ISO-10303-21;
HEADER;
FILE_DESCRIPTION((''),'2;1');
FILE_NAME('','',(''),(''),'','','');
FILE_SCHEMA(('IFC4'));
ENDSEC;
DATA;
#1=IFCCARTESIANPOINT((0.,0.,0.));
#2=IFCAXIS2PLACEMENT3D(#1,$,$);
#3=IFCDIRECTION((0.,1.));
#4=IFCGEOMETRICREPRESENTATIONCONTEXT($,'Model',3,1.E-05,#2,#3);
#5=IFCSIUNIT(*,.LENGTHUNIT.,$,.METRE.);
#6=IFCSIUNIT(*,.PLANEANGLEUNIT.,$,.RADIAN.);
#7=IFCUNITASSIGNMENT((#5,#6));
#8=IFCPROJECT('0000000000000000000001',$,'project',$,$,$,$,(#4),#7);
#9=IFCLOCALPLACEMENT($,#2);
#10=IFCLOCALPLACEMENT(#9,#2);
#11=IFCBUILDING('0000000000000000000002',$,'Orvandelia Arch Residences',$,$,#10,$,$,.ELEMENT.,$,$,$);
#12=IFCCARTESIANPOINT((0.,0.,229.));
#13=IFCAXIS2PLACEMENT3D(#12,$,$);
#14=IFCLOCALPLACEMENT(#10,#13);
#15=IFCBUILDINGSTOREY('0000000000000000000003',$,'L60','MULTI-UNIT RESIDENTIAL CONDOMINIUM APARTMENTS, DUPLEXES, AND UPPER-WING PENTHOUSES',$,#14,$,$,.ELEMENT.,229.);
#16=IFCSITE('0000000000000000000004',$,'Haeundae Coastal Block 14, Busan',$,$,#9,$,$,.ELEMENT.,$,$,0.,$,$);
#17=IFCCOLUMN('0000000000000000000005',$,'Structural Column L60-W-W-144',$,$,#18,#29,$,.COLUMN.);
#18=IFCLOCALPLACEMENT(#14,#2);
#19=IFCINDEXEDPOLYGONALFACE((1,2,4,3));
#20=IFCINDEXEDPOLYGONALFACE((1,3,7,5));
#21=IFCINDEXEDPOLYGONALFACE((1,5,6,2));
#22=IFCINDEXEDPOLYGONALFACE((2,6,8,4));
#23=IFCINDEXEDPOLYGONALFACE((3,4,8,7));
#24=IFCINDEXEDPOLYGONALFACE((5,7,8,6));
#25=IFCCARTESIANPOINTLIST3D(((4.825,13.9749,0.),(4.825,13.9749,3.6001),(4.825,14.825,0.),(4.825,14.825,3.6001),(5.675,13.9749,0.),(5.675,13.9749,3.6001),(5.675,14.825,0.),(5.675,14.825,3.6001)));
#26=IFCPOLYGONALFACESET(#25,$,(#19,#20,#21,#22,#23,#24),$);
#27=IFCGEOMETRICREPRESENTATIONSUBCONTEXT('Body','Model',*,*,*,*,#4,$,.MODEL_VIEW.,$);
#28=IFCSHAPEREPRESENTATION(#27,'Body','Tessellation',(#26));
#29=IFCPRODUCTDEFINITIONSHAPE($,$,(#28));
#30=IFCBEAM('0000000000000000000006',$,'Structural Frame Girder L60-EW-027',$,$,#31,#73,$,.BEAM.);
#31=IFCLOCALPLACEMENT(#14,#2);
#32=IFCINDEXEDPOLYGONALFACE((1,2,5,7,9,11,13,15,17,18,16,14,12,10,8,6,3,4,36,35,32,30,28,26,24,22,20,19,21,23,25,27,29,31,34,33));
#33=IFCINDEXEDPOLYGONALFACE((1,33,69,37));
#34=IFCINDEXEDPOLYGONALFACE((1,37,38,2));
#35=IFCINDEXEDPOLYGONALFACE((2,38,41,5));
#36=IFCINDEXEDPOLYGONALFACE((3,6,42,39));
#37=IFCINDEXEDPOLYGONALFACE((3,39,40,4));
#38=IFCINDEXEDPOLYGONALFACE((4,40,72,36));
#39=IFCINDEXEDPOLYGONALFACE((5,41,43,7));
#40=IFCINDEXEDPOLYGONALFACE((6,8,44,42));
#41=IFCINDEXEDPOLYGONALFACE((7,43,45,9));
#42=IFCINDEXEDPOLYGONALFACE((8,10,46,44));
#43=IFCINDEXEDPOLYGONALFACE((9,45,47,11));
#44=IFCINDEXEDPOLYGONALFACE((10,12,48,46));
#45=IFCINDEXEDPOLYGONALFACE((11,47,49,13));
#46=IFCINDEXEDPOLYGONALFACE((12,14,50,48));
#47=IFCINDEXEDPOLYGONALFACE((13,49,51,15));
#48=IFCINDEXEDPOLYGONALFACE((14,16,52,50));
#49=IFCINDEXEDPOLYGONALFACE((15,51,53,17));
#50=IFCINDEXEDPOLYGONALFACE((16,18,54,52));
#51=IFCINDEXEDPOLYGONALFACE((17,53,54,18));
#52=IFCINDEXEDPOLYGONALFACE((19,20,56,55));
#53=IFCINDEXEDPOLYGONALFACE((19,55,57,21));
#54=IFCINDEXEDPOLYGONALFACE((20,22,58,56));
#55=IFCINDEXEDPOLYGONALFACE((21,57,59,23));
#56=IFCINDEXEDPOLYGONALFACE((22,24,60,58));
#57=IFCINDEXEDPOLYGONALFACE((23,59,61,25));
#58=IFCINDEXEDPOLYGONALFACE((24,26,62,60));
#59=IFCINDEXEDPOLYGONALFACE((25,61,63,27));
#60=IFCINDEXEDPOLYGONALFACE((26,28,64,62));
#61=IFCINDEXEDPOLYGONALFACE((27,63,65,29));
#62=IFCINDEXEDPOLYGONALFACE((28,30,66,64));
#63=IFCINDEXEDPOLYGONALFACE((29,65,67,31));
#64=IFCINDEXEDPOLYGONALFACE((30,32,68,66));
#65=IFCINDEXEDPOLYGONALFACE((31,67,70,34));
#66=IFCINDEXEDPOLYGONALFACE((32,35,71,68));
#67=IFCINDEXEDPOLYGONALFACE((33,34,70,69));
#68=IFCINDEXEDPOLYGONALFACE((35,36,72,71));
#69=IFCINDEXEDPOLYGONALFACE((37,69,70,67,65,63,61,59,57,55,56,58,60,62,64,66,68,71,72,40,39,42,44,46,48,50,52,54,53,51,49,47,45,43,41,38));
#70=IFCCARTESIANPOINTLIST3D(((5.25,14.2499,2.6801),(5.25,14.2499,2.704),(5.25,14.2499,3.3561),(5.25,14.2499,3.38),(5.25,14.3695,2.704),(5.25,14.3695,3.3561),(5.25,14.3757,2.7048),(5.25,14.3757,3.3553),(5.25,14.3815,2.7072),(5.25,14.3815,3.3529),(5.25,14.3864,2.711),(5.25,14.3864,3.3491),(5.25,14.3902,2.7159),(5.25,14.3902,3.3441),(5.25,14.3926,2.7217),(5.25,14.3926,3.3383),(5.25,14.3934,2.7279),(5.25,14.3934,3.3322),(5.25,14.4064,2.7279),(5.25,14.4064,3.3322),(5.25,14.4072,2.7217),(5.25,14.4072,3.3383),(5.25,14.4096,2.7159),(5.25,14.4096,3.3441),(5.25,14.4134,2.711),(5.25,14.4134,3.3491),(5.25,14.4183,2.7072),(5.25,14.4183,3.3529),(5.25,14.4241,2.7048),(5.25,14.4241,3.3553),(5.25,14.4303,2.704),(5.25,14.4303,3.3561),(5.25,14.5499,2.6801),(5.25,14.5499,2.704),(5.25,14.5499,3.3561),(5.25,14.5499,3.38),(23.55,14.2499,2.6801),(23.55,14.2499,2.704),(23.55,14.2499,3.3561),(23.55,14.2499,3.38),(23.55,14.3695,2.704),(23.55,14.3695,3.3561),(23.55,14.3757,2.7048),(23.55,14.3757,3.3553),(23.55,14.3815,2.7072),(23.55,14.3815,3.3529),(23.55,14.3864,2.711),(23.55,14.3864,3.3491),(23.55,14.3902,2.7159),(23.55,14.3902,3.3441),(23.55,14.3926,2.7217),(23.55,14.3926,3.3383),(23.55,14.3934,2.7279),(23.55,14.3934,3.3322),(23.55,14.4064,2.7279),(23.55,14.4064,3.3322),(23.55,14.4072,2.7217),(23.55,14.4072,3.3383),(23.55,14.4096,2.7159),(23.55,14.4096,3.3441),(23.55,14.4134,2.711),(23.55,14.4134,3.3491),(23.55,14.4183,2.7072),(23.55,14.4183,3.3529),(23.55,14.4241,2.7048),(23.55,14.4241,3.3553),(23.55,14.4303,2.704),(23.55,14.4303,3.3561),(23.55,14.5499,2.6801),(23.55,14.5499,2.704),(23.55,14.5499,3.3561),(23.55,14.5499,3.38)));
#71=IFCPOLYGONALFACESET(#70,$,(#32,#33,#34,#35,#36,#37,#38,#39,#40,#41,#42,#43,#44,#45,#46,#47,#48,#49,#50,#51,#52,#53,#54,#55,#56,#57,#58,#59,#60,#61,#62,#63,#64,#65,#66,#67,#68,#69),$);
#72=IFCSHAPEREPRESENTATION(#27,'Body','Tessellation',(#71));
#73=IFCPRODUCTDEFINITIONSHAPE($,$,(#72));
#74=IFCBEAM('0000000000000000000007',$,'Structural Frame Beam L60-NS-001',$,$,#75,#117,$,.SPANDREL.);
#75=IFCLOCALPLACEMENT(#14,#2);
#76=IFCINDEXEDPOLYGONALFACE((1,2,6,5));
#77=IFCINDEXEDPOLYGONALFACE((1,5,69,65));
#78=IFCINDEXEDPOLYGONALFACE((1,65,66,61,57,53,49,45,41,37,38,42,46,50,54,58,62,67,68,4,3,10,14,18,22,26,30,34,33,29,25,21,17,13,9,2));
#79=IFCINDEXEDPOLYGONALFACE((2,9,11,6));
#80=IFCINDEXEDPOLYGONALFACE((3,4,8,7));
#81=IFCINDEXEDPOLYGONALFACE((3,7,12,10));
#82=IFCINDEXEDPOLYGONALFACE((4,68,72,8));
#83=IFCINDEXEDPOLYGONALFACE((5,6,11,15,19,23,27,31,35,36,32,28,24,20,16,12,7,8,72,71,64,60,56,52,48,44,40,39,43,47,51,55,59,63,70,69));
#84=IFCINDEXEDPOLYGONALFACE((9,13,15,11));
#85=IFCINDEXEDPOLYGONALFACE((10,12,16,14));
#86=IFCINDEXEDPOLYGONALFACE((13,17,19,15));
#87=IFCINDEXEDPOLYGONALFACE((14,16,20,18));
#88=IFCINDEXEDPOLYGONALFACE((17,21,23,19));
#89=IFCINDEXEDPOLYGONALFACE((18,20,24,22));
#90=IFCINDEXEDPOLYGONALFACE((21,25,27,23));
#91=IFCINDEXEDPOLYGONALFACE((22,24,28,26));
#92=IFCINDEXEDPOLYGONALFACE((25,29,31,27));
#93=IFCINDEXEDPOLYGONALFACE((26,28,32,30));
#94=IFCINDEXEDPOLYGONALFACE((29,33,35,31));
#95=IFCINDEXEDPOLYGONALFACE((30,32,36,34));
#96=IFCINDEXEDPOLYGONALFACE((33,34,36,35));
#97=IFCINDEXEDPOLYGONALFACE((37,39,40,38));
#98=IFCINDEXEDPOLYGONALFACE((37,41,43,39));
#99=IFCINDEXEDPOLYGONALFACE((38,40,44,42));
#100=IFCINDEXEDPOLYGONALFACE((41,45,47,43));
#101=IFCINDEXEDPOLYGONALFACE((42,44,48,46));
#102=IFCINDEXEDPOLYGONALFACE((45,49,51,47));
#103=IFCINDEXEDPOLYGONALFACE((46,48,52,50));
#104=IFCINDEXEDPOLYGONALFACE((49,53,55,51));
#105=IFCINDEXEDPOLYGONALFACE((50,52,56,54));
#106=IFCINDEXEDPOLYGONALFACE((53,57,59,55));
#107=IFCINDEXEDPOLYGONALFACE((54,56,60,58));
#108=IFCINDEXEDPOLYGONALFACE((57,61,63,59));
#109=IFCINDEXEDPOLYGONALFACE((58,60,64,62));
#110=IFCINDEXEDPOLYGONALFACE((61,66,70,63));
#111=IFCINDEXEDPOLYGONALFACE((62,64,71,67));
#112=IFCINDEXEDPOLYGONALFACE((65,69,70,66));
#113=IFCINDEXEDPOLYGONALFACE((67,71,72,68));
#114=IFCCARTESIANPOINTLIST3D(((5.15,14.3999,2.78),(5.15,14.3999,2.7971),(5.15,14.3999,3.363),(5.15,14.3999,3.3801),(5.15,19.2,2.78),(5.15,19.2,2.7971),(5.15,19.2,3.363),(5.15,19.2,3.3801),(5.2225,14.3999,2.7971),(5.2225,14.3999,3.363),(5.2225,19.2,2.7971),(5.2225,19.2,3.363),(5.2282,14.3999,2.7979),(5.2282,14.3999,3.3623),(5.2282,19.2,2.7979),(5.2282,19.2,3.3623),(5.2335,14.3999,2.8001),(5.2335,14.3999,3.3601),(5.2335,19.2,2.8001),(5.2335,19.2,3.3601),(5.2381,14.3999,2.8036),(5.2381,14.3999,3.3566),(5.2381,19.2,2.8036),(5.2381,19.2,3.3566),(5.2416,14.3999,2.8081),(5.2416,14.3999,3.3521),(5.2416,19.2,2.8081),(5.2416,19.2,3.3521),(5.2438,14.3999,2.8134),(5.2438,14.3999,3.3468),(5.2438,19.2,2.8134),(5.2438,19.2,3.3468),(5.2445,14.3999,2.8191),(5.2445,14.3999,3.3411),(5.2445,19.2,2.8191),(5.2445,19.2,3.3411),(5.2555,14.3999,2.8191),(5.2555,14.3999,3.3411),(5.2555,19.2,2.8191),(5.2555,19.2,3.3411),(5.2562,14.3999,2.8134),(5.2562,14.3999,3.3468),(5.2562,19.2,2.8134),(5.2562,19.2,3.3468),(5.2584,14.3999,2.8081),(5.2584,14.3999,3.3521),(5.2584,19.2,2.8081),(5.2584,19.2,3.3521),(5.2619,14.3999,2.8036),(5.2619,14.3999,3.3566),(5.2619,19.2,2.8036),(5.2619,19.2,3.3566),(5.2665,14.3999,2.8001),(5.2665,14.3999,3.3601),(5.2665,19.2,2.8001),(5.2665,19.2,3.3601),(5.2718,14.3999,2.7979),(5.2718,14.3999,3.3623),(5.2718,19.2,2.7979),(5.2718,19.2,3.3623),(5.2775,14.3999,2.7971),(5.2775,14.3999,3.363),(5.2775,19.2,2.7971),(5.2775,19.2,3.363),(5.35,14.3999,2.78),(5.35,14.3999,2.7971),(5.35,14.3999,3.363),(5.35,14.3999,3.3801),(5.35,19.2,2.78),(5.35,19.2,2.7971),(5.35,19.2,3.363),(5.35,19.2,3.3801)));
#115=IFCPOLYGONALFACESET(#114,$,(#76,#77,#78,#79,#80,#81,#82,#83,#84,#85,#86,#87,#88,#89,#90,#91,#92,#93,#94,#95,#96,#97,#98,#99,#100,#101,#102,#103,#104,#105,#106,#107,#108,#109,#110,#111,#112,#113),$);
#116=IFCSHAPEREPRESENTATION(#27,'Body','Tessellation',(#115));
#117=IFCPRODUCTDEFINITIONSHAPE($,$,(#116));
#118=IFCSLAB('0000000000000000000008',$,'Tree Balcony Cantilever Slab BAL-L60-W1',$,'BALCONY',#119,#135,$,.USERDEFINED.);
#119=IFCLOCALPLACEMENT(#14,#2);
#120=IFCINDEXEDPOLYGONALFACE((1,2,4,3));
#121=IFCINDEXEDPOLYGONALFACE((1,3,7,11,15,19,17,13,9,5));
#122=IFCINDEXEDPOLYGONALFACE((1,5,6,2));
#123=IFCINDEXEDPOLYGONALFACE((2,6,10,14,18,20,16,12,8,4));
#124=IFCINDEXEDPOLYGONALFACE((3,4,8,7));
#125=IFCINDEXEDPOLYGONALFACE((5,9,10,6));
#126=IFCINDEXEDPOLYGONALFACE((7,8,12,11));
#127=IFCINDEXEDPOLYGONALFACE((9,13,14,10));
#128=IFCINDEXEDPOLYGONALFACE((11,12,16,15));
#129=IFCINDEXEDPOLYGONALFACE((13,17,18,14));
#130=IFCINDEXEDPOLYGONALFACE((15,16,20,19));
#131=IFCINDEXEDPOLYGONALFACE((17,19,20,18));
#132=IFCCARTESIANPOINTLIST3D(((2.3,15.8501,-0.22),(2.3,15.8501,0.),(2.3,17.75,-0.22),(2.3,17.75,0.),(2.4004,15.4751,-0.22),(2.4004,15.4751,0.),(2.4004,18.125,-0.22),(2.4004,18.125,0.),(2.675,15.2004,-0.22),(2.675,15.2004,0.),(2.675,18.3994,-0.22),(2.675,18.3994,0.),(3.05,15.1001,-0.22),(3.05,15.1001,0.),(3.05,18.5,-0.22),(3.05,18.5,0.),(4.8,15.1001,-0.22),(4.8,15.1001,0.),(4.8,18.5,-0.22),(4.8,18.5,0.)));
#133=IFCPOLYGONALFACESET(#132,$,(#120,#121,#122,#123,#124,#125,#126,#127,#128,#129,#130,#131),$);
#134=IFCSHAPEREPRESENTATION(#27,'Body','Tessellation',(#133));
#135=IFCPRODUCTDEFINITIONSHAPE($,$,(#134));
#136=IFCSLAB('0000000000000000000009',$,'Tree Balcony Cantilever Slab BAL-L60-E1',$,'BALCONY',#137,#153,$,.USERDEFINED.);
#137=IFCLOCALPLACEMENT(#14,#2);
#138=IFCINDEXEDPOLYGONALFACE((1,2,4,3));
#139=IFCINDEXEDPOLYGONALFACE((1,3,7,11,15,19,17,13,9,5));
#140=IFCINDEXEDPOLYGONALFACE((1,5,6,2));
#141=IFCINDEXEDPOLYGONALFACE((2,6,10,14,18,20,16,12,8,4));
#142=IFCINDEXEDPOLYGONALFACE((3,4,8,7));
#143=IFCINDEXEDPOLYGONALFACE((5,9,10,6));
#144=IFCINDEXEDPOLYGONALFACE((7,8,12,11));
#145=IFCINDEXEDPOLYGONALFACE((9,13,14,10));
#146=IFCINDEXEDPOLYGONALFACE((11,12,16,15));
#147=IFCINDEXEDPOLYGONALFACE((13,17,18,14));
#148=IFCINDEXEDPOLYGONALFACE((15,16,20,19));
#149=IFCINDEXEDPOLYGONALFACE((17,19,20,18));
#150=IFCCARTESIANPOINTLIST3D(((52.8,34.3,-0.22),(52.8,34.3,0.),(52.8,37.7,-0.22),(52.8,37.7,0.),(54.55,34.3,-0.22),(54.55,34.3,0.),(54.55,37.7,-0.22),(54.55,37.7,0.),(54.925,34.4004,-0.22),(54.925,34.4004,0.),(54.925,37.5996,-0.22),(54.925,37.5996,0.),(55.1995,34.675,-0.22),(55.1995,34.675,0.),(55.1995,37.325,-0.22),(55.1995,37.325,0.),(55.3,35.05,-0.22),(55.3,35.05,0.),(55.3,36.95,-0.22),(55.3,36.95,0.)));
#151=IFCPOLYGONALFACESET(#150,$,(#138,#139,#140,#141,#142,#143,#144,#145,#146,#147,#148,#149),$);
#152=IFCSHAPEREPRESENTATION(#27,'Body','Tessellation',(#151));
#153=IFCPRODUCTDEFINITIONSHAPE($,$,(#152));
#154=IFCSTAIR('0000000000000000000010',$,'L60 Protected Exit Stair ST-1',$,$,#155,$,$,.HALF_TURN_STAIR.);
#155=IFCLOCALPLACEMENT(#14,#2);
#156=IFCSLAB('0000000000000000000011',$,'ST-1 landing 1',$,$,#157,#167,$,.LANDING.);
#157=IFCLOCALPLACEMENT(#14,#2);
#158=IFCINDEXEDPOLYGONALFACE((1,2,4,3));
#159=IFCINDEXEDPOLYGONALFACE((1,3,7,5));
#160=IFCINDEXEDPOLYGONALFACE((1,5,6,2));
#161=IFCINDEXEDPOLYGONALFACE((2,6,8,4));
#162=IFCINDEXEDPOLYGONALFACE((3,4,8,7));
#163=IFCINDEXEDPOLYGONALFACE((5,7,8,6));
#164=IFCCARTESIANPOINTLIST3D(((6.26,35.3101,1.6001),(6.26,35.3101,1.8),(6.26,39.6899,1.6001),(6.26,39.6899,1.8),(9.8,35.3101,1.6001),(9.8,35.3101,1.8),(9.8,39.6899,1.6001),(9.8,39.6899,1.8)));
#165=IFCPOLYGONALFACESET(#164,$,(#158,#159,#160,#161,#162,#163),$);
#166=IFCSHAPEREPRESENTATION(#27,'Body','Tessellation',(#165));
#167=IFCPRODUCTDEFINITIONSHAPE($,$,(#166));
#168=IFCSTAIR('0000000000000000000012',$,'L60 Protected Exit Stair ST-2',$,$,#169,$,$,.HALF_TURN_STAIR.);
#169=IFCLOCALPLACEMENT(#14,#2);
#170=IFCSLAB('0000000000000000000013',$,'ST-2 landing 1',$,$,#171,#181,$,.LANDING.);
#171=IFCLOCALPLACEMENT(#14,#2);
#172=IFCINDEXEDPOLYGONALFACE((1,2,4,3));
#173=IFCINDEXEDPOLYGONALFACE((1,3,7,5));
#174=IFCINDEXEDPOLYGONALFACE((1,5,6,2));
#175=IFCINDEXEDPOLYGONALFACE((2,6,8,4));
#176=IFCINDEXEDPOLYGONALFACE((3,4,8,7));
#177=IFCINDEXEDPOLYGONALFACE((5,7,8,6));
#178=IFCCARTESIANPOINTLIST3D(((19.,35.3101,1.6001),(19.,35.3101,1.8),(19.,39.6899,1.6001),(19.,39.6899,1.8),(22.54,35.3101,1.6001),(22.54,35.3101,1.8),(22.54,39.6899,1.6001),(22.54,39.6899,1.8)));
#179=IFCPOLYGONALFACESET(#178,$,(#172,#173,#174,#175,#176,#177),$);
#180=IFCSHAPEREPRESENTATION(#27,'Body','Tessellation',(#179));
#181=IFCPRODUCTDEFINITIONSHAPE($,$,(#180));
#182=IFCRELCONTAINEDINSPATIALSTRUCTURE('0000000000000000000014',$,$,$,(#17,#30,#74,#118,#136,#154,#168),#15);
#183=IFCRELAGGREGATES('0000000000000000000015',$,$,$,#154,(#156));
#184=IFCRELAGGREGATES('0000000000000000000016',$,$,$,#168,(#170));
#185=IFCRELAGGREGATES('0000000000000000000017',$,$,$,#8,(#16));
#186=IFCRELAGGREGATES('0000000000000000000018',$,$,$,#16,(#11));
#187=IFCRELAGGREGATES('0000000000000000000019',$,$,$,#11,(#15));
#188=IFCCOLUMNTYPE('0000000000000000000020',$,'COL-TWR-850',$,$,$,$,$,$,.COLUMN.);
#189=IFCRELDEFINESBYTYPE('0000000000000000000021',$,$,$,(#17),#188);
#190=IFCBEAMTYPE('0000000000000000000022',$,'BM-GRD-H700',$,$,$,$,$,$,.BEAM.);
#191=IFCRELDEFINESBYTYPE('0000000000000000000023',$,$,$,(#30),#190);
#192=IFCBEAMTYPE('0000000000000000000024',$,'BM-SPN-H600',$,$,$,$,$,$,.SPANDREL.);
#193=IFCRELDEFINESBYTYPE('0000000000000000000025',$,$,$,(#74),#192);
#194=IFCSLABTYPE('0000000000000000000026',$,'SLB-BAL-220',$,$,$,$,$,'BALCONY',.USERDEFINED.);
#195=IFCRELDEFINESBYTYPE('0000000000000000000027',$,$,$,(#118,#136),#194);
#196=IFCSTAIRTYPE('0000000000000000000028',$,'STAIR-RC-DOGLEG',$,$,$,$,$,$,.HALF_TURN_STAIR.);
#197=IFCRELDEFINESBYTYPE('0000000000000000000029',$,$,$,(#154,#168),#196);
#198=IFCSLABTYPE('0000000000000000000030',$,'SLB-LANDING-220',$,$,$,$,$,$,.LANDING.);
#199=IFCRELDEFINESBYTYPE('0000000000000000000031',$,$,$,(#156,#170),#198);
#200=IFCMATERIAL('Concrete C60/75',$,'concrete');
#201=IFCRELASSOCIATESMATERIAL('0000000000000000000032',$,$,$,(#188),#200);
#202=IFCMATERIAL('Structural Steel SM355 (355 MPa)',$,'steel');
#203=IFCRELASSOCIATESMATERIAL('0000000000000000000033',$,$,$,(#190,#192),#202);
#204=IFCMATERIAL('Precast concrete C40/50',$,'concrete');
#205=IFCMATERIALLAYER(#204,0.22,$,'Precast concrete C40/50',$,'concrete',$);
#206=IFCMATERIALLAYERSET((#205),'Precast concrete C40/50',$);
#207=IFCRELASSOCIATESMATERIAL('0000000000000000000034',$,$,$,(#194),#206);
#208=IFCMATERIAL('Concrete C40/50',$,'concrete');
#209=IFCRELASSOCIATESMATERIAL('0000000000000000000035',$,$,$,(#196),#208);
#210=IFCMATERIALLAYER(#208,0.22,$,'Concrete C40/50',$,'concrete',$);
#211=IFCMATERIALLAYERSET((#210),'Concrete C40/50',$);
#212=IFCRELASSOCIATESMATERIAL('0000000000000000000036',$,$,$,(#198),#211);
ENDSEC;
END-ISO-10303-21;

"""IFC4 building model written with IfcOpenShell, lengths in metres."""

from ifc_helpers import new_model, si_unit, direction, frame, origin, origin_2d, place, context, subcontext, project, spatial, polyline, rectangle, i_section, outline, extrude, material, layer, layer_set, material_profile, profile_set, type_object, element, aggregate, save


model = new_model("IFC4")

# Units and contexts
model_context = context("Model", 3, precision=1e-05, world=origin(), true_north=direction((0.0, 1.0)))
body_context = subcontext(model_context, "Body", "Model", "MODEL_VIEW")
ifc_project = project(units=[si_unit("LENGTHUNIT", "METRE"), si_unit("PLANEANGLEUNIT", "RADIAN")], contexts=[model_context])

# Site, building, storey
site_placement = place(None, origin())
site = spatial("IfcSite", under=ifc_project, at=site_placement, Name="Haeundae Coastal Block 14, Busan", CompositionType="ELEMENT", RefElevation=0.0)
building_placement = place(site_placement, origin())
building = spatial("IfcBuilding", under=site, at=building_placement, Name="Orvandelia Arch Residences", CompositionType="ELEMENT")
storey_placement = place(building_placement, frame((0.0, 0.0, 229.0)))
storey = spatial("IfcBuildingStorey", under=building, at=storey_placement, Name="L60", Description="MULTI-UNIT RESIDENTIAL CONDOMINIUM APARTMENTS, DUPLEXES, AND UPPER-WING PENTHOUSES", CompositionType="ELEMENT", Elevation=229.0)

# Column
ifc_material_1 = material(Name="Concrete C60/75", Category="concrete")
ifc_material_profile_1 = material_profile(ifc_material_1, rectangle(XDim=0.8501, YDim=0.8501, at=origin_2d()), Name="Concrete C60/75", Category="concrete")
ifc_profile_set_1 = profile_set([ifc_material_profile_1], Name="Concrete C60/75")
column_type = type_object("IfcColumnType", Name="COL-TWR-850", PredefinedType="COLUMN", material=ifc_profile_set_1)
column_placement = place(storey_placement, frame((5.25, 14.3999, 0.0), z_axis=(0.0, 0.0, 1.0), x_axis=(1.0, 0.0, 0.0)))
element("IfcColumn", 1, at=column_placement, inside=storey, type_object=column_type, Name="Structural Column L60-W-W-144", PredefinedType="COLUMN", context=body_context, shape_type="SweptSolid", body=[
    extrude(rectangle(XDim=0.8501, YDim=0.8501, at=origin_2d()), origin(), (0.0, 0.0, 1.0), 3.6001),
])

# Beams
ifc_material_2 = material(Name="Structural Steel SM355 (355 MPa)", Category="steel")
ifc_material_profile_2 = material_profile(ifc_material_2, i_section(OverallWidth=0.3, OverallDepth=0.7, WebThickness=0.0129, FlangeThickness=0.0239, FilletRadius=0.0239, at=origin_2d()), Name="Structural Steel SM355 (355 MPa)", Category="steel")
ifc_profile_set_2 = profile_set([ifc_material_profile_2], Name="Structural Steel SM355 (355 MPa)")
beam_type_1 = type_object("IfcBeamType", Name="BM-GRD-H700", PredefinedType="BEAM", material=ifc_profile_set_2)
beam_1_placement = place(storey_placement, frame((5.25, 14.3999, 3.03), z_axis=(1.0, 0.0, 0.0), x_axis=(0.0, 1.0, 0.0)))
element("IfcBeam", 2, at=beam_1_placement, inside=storey, type_object=beam_type_1, Name="Structural Frame Girder L60-EW-027", PredefinedType="BEAM", context=body_context, shape_type="SweptSolid", body=[
    extrude(i_section(OverallWidth=0.3, OverallDepth=0.7, WebThickness=0.0129, FlangeThickness=0.0239, FilletRadius=0.0239, at=origin_2d()), origin(), (0.0, 0.0, 1.0), 18.3),
])
ifc_material_profile_3 = material_profile(ifc_material_2, i_section(OverallWidth=0.2, OverallDepth=0.6001, WebThickness=0.011, FlangeThickness=0.0171, FilletRadius=0.022, at=origin_2d()), Name="Structural Steel SM355 (355 MPa)", Category="steel")
ifc_profile_set_3 = profile_set([ifc_material_profile_3], Name="Structural Steel SM355 (355 MPa)")
beam_type_2 = type_object("IfcBeamType", Name="BM-SPN-H600", PredefinedType="SPANDREL", material=ifc_profile_set_3)
beam_2_placement = place(storey_placement, frame((5.25, 14.3999, 3.0801), z_axis=(0.0, 1.0, 0.0), x_axis=(-1.0, 0.0, 0.0)))
element("IfcBeam", 3, at=beam_2_placement, inside=storey, type_object=beam_type_2, Name="Structural Frame Beam L60-NS-001", PredefinedType="SPANDREL", context=body_context, shape_type="SweptSolid", body=[
    extrude(i_section(OverallWidth=0.2, OverallDepth=0.6001, WebThickness=0.011, FlangeThickness=0.0171, FilletRadius=0.022, at=origin_2d()), origin(), (0.0, 0.0, 1.0), 4.8),
])

# Slabs
ifc_material_3 = material(Name="Precast concrete C40/50", Category="concrete")
ifc_layer_1 = layer(ifc_material_3, 0.22, Name="Precast concrete C40/50", Category="concrete")
ifc_layer_set_1 = layer_set([ifc_layer_1], Name="Precast concrete C40/50")
slab_type_1 = type_object("IfcSlabType", Name="SLB-BAL-220", ElementType="BALCONY", PredefinedType="USERDEFINED", material=ifc_layer_set_1)
slab_1_placement = place(storey_placement, frame((0.0, 0.0, -0.22)))
element("IfcSlab", 4, at=slab_1_placement, inside=storey, type_object=slab_type_1, Name="Tree Balcony Cantilever Slab BAL-L60-W1", ObjectType="BALCONY", PredefinedType="USERDEFINED", context=body_context, shape_type="SweptSolid", body=[
    extrude(outline(polyline([(4.8, 15.1001), (4.8, 18.5), (3.05, 18.5), (2.675, 18.3994), (2.4004, 18.125), (2.3, 17.75), (2.3, 15.8501), (2.4004, 15.4751), (2.675, 15.2004), (3.05, 15.1001), (4.8, 15.1001)])), origin(), (0.0, 0.0, 1.0), 0.22),
])
slab_2_placement = place(storey_placement, frame((0.0, 0.0, -0.22)))
element("IfcSlab", 5, at=slab_2_placement, inside=storey, type_object=slab_type_1, Name="Tree Balcony Cantilever Slab BAL-L60-E1", ObjectType="BALCONY", PredefinedType="USERDEFINED", context=body_context, shape_type="SweptSolid", body=[
    extrude(outline(polyline([(52.8, 37.7), (52.8, 34.3), (54.55, 34.3), (54.925, 34.4004), (55.1995, 34.675), (55.3, 35.05), (55.3, 36.95), (55.1995, 37.325), (54.925, 37.5996), (54.55, 37.7), (52.8, 37.7)])), origin(), (0.0, 0.0, 1.0), 0.22),
])

# Stairs, slabs
ifc_material_4 = material(Name="Concrete C40/50", Category="concrete")
stair_type = type_object("IfcStairType", Name="STAIR-RC-DOGLEG", PredefinedType="HALF_TURN_STAIR", material=ifc_material_4)
stair_1_placement = place(storey_placement, origin())
stair_1 = element("IfcStair", 6, at=stair_1_placement, inside=storey, type_object=stair_type, Name="L60 Protected Exit Stair ST-1", PredefinedType="HALF_TURN_STAIR")
ifc_layer_2 = layer(ifc_material_4, 0.22, Name="Concrete C40/50", Category="concrete")
ifc_layer_set_2 = layer_set([ifc_layer_2], Name="Concrete C40/50")
slab_type_2 = type_object("IfcSlabType", Name="SLB-LANDING-220", PredefinedType="LANDING", material=ifc_layer_set_2)
slab_3_placement = place(storey_placement, frame((0.0, 0.0, 1.6001)))
slab_3 = element("IfcSlab", 7, at=slab_3_placement, type_object=slab_type_2, Name="ST-1 landing 1", PredefinedType="LANDING", context=body_context, shape_type="SweptSolid", body=[
    extrude(outline(polyline([(9.8, 35.3101), (9.8, 39.6899), (6.26, 39.6899), (6.26, 35.3101), (9.8, 35.3101)])), origin(), (0.0, 0.0, 1.0), 0.2),
])
aggregate(stair_1, [slab_3])
stair_2_placement = place(storey_placement, origin())
stair_2 = element("IfcStair", 8, at=stair_2_placement, inside=storey, type_object=stair_type, Name="L60 Protected Exit Stair ST-2", PredefinedType="HALF_TURN_STAIR")
slab_4_placement = place(storey_placement, frame((0.0, 0.0, 1.6001)))
slab_4 = element("IfcSlab", 9, at=slab_4_placement, type_object=slab_type_2, Name="ST-2 landing 1", PredefinedType="LANDING", context=body_context, shape_type="SweptSolid", body=[
    extrude(outline(polyline([(22.54, 35.3101), (22.54, 39.6899), (19.0, 39.6899), (19.0, 35.3101), (22.54, 35.3101)])), origin(), (0.0, 0.0, 1.0), 0.2),
])
aggregate(stair_2, [slab_4])

save(model, "model.ifc")
